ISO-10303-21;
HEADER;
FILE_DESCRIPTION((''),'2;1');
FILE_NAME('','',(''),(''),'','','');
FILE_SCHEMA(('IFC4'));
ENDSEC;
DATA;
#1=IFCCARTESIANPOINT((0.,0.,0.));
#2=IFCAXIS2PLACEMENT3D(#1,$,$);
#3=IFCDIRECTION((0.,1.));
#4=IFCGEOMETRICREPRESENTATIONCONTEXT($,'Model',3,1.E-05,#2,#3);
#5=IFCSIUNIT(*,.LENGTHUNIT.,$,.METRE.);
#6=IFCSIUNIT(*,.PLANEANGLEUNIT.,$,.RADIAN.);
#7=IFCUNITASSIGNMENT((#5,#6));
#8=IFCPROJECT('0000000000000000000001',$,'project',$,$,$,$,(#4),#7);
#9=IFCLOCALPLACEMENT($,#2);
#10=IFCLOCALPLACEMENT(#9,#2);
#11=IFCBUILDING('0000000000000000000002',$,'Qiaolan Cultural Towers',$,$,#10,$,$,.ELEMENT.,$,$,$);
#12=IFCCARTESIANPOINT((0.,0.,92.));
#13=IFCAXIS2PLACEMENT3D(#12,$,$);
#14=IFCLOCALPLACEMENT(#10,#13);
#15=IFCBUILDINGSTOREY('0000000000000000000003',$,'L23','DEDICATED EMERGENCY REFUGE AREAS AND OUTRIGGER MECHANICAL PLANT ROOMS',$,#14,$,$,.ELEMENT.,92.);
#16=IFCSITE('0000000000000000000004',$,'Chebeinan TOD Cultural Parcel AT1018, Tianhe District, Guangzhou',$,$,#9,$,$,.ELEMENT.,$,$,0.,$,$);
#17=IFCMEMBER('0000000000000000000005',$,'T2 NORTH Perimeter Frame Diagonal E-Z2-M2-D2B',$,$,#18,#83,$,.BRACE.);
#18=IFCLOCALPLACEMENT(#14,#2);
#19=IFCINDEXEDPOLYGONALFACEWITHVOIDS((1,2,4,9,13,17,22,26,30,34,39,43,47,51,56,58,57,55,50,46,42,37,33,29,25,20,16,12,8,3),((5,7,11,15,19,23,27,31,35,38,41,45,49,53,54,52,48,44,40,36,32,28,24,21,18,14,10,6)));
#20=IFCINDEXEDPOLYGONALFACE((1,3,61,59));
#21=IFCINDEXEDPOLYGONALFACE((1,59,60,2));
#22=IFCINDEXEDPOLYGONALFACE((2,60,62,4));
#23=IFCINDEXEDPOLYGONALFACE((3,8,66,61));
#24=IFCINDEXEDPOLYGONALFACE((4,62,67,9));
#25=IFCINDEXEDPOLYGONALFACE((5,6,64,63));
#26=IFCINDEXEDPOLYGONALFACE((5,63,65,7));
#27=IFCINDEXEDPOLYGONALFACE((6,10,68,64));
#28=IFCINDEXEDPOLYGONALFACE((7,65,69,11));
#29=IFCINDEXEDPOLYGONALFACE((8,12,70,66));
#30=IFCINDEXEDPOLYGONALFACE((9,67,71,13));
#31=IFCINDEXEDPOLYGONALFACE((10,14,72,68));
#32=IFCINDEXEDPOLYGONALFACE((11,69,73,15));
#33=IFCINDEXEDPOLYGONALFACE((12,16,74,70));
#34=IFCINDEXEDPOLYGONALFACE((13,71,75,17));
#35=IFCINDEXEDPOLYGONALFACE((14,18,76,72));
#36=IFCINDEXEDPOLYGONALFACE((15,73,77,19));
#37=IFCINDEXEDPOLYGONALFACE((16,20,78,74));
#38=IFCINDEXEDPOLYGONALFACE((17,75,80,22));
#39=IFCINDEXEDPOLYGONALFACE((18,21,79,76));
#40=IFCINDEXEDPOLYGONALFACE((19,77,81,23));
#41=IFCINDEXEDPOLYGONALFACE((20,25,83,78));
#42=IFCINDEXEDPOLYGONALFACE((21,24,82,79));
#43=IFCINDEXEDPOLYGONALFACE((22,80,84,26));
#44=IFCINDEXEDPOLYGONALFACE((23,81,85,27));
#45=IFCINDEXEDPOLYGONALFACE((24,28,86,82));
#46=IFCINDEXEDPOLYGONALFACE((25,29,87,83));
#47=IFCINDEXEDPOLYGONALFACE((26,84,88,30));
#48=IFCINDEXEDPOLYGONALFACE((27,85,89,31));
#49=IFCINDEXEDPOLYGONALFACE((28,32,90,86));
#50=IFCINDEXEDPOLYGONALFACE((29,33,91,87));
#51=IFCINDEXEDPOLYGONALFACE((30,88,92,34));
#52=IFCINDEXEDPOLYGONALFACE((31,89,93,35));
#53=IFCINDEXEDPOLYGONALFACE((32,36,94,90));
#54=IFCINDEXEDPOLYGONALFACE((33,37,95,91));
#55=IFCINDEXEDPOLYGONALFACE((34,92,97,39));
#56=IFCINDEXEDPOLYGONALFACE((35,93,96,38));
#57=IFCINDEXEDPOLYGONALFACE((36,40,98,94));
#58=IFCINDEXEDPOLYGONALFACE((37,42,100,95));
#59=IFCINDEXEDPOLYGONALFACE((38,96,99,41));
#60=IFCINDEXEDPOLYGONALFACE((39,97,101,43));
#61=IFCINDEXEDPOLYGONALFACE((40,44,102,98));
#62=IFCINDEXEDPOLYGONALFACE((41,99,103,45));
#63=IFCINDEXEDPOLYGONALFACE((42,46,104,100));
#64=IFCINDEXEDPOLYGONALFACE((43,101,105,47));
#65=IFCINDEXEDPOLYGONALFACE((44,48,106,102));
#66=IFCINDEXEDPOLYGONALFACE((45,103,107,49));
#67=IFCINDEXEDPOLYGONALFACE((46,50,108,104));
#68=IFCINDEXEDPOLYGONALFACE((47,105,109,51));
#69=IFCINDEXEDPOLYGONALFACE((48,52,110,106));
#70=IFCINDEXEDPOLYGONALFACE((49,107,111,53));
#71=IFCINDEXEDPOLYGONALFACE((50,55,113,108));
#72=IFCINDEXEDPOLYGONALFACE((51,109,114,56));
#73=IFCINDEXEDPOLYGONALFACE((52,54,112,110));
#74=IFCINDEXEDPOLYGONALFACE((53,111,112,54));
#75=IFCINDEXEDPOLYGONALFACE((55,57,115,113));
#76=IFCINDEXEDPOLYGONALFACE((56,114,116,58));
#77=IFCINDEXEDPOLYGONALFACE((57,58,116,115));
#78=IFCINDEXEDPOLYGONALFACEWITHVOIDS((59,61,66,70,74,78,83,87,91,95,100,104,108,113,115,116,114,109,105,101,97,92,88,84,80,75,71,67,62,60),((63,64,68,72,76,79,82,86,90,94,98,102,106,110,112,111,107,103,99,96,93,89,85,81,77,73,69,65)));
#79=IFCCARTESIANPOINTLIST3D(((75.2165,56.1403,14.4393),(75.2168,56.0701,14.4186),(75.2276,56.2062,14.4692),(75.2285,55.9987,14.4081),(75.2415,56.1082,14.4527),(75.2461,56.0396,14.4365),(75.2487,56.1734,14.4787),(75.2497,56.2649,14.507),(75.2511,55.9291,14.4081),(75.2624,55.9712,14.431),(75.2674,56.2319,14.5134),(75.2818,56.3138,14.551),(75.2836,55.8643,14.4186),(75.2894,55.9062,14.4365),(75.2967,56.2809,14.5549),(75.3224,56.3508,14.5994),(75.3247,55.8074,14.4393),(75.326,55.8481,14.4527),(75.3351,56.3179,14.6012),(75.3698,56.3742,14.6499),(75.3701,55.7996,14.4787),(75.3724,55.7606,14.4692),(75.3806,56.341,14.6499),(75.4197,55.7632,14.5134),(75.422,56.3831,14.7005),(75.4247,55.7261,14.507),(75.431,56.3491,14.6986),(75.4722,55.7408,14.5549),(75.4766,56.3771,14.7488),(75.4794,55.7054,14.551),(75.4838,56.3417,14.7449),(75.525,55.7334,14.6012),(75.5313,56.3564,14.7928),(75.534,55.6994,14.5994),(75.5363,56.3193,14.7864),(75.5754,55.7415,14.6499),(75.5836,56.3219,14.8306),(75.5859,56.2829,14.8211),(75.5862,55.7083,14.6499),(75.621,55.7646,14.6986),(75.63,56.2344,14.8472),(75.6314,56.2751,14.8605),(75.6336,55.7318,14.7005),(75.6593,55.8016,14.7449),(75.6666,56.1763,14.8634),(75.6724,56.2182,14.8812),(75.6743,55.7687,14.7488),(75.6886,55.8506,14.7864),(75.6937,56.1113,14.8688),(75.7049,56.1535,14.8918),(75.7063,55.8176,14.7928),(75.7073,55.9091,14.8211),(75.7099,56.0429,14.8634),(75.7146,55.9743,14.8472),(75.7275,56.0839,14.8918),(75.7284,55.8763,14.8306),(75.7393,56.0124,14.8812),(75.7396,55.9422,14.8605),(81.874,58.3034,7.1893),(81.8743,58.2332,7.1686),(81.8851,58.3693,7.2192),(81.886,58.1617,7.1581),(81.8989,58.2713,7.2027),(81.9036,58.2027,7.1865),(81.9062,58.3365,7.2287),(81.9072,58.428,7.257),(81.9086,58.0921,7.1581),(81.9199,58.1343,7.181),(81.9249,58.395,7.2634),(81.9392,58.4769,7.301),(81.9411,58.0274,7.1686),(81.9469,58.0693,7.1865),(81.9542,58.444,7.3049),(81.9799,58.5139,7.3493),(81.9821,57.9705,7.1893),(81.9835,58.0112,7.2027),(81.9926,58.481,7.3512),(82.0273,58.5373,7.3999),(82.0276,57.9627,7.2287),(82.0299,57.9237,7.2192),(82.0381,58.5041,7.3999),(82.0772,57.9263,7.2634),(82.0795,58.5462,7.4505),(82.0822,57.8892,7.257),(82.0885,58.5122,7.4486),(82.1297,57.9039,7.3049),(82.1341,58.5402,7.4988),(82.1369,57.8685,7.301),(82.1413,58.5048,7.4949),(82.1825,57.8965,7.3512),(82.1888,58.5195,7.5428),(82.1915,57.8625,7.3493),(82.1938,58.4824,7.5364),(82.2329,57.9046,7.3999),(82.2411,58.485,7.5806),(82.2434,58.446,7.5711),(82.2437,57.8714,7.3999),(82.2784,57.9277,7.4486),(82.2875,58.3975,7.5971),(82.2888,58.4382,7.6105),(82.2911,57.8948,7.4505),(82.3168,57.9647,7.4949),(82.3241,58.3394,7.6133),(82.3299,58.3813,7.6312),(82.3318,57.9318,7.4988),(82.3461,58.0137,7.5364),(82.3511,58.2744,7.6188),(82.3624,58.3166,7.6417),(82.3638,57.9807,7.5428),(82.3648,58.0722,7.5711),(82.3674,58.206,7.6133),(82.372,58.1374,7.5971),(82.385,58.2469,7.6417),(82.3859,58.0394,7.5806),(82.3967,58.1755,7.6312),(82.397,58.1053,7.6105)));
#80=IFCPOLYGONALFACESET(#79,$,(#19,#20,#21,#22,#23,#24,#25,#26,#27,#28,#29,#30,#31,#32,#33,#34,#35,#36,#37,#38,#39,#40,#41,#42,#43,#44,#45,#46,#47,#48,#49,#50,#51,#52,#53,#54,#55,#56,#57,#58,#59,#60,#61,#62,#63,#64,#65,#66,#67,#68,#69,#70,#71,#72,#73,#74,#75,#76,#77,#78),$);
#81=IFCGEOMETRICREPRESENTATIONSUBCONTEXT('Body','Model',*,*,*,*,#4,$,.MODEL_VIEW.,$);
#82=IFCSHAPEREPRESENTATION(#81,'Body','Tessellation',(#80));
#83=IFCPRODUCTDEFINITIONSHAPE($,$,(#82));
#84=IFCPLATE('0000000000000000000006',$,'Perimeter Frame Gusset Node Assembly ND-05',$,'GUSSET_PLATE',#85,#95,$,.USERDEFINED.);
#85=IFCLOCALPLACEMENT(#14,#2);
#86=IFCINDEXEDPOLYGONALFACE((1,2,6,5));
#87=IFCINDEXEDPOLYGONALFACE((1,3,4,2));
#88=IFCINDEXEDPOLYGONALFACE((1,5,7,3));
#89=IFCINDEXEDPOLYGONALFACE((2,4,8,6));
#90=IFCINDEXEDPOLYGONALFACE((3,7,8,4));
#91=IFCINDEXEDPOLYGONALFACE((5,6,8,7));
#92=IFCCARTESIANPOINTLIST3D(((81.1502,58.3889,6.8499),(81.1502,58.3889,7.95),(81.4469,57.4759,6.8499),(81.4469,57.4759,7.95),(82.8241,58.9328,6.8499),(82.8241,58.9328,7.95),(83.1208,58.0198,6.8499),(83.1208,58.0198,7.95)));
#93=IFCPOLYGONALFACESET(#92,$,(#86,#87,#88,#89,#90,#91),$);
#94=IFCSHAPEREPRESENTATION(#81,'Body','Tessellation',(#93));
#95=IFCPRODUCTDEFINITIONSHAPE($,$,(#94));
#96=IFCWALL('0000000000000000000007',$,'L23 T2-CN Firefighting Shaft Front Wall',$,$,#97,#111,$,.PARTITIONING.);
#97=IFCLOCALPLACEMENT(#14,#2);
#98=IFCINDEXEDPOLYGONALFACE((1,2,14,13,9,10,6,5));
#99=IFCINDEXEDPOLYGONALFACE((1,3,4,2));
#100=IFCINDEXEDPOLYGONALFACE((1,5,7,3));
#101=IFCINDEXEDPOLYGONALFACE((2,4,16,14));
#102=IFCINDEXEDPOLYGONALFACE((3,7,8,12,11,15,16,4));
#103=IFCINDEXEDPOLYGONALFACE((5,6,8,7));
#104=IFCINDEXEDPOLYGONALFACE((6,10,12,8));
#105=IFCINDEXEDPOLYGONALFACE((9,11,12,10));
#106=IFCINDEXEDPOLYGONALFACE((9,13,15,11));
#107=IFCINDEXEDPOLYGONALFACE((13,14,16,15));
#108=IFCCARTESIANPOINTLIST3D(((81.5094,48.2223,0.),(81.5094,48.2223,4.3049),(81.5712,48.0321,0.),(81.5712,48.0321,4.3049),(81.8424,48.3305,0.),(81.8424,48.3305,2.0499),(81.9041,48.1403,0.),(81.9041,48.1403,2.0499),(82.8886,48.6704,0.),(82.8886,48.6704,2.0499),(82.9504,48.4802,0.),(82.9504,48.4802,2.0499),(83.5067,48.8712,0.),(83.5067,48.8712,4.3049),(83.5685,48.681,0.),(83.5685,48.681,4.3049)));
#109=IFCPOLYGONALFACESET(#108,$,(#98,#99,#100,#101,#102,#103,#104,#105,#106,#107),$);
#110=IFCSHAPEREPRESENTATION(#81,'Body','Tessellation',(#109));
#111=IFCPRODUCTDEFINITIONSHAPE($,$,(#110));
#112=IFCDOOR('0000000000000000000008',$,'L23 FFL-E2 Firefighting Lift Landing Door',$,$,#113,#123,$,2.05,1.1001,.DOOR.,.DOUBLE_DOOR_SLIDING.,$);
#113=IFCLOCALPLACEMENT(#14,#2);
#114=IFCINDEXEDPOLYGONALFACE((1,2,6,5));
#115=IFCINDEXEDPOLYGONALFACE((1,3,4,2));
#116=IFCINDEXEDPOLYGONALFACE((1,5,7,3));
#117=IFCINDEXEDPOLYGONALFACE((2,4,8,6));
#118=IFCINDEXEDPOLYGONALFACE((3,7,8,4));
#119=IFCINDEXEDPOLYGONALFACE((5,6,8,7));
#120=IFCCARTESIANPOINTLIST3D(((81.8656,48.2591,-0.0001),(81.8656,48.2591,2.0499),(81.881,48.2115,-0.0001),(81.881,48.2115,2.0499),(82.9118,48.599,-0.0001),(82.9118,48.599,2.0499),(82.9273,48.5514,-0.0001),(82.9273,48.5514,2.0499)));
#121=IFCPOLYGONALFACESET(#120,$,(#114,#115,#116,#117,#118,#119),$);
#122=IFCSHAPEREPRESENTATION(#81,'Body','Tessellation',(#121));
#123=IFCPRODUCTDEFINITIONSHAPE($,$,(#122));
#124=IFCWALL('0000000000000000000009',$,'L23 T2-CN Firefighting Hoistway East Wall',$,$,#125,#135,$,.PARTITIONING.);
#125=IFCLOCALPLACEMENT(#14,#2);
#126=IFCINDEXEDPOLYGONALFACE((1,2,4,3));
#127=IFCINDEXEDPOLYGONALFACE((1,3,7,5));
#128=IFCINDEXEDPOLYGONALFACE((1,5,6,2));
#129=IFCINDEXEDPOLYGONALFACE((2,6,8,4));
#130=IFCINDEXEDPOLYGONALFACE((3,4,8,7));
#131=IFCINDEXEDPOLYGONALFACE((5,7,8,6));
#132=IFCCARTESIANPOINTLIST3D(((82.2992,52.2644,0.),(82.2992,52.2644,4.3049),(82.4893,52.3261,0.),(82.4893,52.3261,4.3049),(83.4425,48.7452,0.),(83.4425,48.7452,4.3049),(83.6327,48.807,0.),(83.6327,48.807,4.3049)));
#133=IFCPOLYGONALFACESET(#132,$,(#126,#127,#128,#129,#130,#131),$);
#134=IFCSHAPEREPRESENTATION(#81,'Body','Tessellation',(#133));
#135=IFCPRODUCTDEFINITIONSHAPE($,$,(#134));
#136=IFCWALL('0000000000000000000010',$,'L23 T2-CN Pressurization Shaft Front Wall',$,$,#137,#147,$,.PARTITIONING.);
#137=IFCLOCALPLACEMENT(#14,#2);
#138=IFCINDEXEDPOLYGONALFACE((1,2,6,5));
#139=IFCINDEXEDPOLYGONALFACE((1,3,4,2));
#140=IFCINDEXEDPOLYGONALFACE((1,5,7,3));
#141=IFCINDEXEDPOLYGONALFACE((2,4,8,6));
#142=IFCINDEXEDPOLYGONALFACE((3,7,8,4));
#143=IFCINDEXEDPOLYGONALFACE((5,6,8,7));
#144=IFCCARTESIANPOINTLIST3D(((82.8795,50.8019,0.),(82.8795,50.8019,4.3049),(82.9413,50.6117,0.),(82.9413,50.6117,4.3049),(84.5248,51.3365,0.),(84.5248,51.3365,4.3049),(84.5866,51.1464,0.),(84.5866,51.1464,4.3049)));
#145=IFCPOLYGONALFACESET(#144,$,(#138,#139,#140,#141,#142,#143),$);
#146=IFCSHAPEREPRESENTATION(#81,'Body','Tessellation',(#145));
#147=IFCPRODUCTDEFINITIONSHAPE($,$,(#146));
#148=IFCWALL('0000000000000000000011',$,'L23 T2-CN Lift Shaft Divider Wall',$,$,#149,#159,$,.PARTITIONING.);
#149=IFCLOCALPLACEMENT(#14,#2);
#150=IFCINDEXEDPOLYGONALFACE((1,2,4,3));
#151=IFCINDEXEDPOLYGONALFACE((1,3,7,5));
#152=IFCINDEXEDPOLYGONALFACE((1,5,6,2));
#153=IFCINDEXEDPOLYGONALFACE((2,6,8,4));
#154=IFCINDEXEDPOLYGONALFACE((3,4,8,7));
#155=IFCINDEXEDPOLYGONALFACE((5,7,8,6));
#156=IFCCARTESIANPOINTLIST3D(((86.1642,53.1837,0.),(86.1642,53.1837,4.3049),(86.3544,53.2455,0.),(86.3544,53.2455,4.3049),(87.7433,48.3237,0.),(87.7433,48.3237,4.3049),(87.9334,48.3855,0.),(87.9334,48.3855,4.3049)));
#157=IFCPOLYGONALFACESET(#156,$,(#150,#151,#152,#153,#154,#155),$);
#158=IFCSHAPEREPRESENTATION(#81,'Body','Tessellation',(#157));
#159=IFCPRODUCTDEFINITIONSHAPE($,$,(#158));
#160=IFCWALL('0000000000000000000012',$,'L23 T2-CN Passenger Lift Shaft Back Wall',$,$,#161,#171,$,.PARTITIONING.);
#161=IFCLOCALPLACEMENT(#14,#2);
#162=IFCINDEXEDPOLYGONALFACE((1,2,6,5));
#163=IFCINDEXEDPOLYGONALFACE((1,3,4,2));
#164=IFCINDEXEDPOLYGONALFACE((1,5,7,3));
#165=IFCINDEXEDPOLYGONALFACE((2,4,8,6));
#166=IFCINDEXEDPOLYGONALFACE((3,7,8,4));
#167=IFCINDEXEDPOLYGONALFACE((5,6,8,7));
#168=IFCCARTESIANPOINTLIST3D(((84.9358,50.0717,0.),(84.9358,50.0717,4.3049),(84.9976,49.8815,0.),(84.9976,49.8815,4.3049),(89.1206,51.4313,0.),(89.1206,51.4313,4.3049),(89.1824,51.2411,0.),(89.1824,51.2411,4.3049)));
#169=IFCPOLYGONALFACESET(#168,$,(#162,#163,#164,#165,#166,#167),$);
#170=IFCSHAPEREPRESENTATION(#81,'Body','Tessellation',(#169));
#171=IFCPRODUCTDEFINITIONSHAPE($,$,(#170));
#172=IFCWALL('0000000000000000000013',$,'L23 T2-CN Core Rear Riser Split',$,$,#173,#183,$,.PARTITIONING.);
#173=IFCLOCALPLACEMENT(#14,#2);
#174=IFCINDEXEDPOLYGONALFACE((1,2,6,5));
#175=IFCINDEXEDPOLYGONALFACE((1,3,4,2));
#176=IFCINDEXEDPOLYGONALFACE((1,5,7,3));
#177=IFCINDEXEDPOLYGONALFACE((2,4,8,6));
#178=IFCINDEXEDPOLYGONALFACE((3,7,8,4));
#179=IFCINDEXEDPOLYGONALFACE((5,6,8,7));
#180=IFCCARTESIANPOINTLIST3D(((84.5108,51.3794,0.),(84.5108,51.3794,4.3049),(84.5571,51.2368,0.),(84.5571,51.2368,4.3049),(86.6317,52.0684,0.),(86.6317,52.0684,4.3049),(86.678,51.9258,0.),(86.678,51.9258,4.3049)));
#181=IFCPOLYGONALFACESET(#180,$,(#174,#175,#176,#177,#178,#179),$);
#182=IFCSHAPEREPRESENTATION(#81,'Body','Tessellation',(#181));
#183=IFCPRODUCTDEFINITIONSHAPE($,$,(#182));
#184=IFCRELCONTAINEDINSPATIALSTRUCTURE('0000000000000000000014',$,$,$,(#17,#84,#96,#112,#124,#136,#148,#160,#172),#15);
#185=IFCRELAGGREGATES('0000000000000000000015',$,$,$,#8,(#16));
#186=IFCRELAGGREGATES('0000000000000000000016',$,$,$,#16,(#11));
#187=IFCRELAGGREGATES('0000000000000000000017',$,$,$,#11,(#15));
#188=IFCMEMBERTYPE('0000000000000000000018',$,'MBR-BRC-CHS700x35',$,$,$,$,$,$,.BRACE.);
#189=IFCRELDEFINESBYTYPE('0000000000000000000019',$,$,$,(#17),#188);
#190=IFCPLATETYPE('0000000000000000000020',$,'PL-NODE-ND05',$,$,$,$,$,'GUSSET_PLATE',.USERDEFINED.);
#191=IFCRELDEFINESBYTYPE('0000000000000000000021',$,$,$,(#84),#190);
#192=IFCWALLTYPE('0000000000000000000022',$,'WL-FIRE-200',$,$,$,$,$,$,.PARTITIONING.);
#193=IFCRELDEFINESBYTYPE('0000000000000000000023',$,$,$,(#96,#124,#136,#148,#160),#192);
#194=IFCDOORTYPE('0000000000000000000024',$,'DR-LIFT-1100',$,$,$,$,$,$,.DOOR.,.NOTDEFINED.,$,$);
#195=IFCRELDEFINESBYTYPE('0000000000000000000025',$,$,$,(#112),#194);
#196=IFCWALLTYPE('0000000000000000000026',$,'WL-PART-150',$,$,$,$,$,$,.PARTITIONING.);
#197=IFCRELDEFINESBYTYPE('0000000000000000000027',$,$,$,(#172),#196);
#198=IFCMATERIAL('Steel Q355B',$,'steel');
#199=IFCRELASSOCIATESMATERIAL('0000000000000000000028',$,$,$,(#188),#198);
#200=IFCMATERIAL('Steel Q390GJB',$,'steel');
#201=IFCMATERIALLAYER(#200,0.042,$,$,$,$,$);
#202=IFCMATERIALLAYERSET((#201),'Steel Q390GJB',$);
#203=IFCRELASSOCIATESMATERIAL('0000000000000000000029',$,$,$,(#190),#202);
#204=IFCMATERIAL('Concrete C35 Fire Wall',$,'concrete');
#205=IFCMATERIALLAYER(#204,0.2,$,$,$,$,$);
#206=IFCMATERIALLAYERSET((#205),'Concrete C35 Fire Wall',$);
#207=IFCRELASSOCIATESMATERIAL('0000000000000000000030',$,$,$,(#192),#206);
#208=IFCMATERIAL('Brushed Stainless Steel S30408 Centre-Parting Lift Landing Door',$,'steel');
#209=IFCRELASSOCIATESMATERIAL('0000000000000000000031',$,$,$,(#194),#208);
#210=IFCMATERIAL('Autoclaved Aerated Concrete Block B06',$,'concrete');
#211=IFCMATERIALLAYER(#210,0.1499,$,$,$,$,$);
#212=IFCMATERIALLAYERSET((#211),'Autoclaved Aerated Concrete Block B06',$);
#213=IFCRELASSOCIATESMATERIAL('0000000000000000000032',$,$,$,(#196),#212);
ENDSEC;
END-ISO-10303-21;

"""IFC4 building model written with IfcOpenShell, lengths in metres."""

from ifc_helpers import new_model, si_unit, direction, frame, frame_2d, origin, origin_2d, place, context, subcontext, project, spatial, rectangle, hollow_circle, extrude, material, layer, layer_set, material_profile, profile_set, type_object, element, fill, save


model = new_model("IFC4")

# Units and contexts
model_context = context("Model", 3, precision=1e-05, world=origin(), true_north=direction((0.0, 1.0)))
body_context = subcontext(model_context, "Body", "Model", "MODEL_VIEW")
ifc_project = project(units=[si_unit("LENGTHUNIT", "METRE"), si_unit("PLANEANGLEUNIT", "RADIAN")], contexts=[model_context])

# Site, building, storey
site_placement = place(None, origin())
site = spatial("IfcSite", under=ifc_project, at=site_placement, Name="Chebeinan TOD Cultural Parcel AT1018, Tianhe District, Guangzhou", CompositionType="ELEMENT", RefElevation=0.0)
building_placement = place(site_placement, origin())
building = spatial("IfcBuilding", under=site, at=building_placement, Name="Qiaolan Cultural Towers", CompositionType="ELEMENT")
storey_placement = place(building_placement, frame((0.0, 0.0, 92.0)))
storey = spatial("IfcBuildingStorey", under=building, at=storey_placement, Name="L23", Description="DEDICATED EMERGENCY REFUGE AREAS AND OUTRIGGER MECHANICAL PLANT ROOMS", CompositionType="ELEMENT", Elevation=92.0)

# Member
ifc_material_1 = material(Name="Steel Q355B", Category="steel")
ifc_material_profile_1 = material_profile(ifc_material_1, hollow_circle(Radius=0.3501, WallThickness=0.0349, at=origin_2d()), Name="CHS700x35")
ifc_profile_set_1 = profile_set([ifc_material_profile_1], Name="Steel Q355B")
member_type = type_object("IfcMemberType", Name="MBR-BRC-CHS700x35", PredefinedType="BRACE", material=ifc_profile_set_1)
for number, where, z_axis, x_axis, name in (
    (1, (82.1355, 58.2043, 7.3999), (-0.660603, -0.214637, 0.719398), (0.30901, -0.951059, 0.0), "T2 NORTH Perimeter Frame Diagonal E-Z2-M2-D2B"),
):
    element("IfcMember", number, at=place(storey_placement, frame(where, z_axis=z_axis, x_axis=x_axis)), inside=storey, type_object=member_type, Name=name, PredefinedType="BRACE", context=body_context, shape_type="SweptSolid", body=[
        extrude(hollow_circle(Radius=0.3501, WallThickness=0.0349, at=origin_2d()), origin(), (0.0, 0.0, 1.0), 10.0779),
    ])

# Plate
ifc_material_2 = material(Name="Steel Q390GJB", Category="steel")
ifc_layer_1 = layer(ifc_material_2, 0.042)
ifc_layer_set_1 = layer_set([ifc_layer_1], Name="Steel Q390GJB")
plate_type = type_object("IfcPlateType", Name="PL-NODE-ND05", ElementType="GUSSET_PLATE", PredefinedType="USERDEFINED", material=ifc_layer_set_1)
plate_placement = place(storey_placement, frame((82.1355, 58.2043, 6.8499), z_axis=(0.0, 0.0, 1.0), x_axis=(0.951057, 0.309017, 0.0)))
element("IfcPlate", 2, at=plate_placement, inside=storey, type_object=plate_type, Name="Perimeter Frame Gusset Node Assembly ND-05", ObjectType="GUSSET_PLATE", PredefinedType="USERDEFINED", context=body_context, shape_type="SweptSolid", body=[
    extrude(rectangle(XDim=1.76, YDim=0.96, at=origin_2d()), origin(), (0.0, 0.0, 1.0), 1.1001),
])

# Wall, opening, door
ifc_material_3 = material(Name="Concrete C35 Fire Wall", Category="concrete")
ifc_layer_2 = layer(ifc_material_3, 0.2)
ifc_layer_set_2 = layer_set([ifc_layer_2], Name="Concrete C35 Fire Wall")
wall_type_1 = type_object("IfcWallType", Name="WL-FIRE-200", PredefinedType="PARTITIONING", material=ifc_layer_set_2)
wall_1_placement = place(storey_placement, frame((81.5403, 48.1272, 0.0), z_axis=(0.0, 0.0, 1.0), x_axis=(0.951062, 0.308999, 0.0)))
wall_1 = element("IfcWall", 3, at=wall_1_placement, inside=storey, type_object=wall_type_1, Name="L23 T2-CN Firefighting Shaft Front Wall", PredefinedType="PARTITIONING", context=body_context, shape_type="SweptSolid", body=[
    extrude(rectangle(XDim=2.1001, YDim=0.2, at=frame_2d((1.05, 0.0))), origin(), (0.0, 0.0, 1.0), 4.3049),
])
opening_placement = place(wall_1_placement, frame((0.3501, 0.0, 0.0)))
opening = element("IfcOpeningElement", 4, at=opening_placement, cuts=wall_1, PredefinedType="OPENING", context=body_context, shape_type="SweptSolid", body=[
    extrude(rectangle(XDim=1.1001, YDim=2.05, at=frame_2d((0.55, 1.0249))), frame((0.0, 0.1099, 0.0), z_axis=(0.0, -1.0, 0.0), x_axis=(1.0, 0.0, 0.0)), (0.0, 0.0, 1.0), 0.22),
])
ifc_material_4 = material(Name="Brushed Stainless Steel S30408 Centre-Parting Lift Landing Door", Category="steel")
door_type = type_object("IfcDoorType", Name="DR-LIFT-1100", OperationType="NOTDEFINED", PredefinedType="DOOR", material=ifc_material_4)
door_placement = place(opening_placement, origin())
door = element("IfcDoor", 5, at=door_placement, inside=storey, type_object=door_type, Name="L23 FFL-E2 Firefighting Lift Landing Door", OperationType="DOUBLE_DOOR_SLIDING", OverallHeight=2.05, OverallWidth=1.1001, PredefinedType="DOOR", context=body_context, shape_type="SweptSolid", body=[
    extrude(rectangle(XDim=1.1001, YDim=2.05, at=frame_2d((0.55, 1.0249))), frame((0.0, 0.0249, 0.0), z_axis=(0.0, -1.0, 0.0), x_axis=(1.0, 0.0, 0.0)), (0.0, 0.0, 1.0), 0.05),
])
fill(opening, door)

# Walls
wall_2_placement = place(storey_placement, frame((83.5376, 48.7761, 0.0), z_axis=(0.0, 0.0, 1.0), x_axis=(-0.308994, 0.951064, 0.0)))
element("IfcWall", 6, at=wall_2_placement, inside=storey, type_object=wall_type_1, Name="L23 T2-CN Firefighting Hoistway East Wall", PredefinedType="PARTITIONING", context=body_context, shape_type="SweptSolid", body=[
    extrude(rectangle(XDim=3.7002, YDim=0.2, at=frame_2d((1.8501, 0.0))), origin(), (0.0, 0.0, 1.0), 4.3049),
])
wall_3_placement = place(storey_placement, frame((82.9104, 50.7068, 0.0), z_axis=(0.0, 0.0, 1.0), x_axis=(0.951041, 0.309064, 0.0)))
element("IfcWall", 7, at=wall_3_placement, inside=storey, type_object=wall_type_1, Name="L23 T2-CN Pressurization Shaft Front Wall", PredefinedType="PARTITIONING", context=body_context, shape_type="SweptSolid", body=[
    extrude(rectangle(XDim=1.73, YDim=0.2, at=frame_2d((0.865, 0.0))), origin(), (0.0, 0.0, 1.0), 4.3049),
])
wall_4_placement = place(storey_placement, frame((87.8384, 48.3545, 0.0), z_axis=(0.0, 0.0, 1.0), x_axis=(-0.309009, 0.951059, 0.0)))
element("IfcWall", 8, at=wall_4_placement, inside=storey, type_object=wall_type_1, Name="L23 T2-CN Lift Shaft Divider Wall", PredefinedType="PARTITIONING", context=body_context, shape_type="SweptSolid", body=[
    extrude(rectangle(XDim=5.1101, YDim=0.2, at=frame_2d((2.5552, 0.0))), origin(), (0.0, 0.0, 1.0), 4.3049),
])
wall_5_placement = place(storey_placement, frame((84.9666, 49.9766, 0.0), z_axis=(0.0, 0.0, 1.0), x_axis=(0.951064, 0.308994, 0.0)))
element("IfcWall", 9, at=wall_5_placement, inside=storey, type_object=wall_type_1, Name="L23 T2-CN Passenger Lift Shaft Back Wall", PredefinedType="PARTITIONING", context=body_context, shape_type="SweptSolid", body=[
    extrude(rectangle(XDim=4.4001, YDim=0.2, at=frame_2d((2.2002, 0.0))), origin(), (0.0, 0.0, 1.0), 4.3049),
])
ifc_material_5 = material(Name="Autoclaved Aerated Concrete Block B06", Category="concrete")
ifc_layer_3 = layer(ifc_material_5, 0.1499)
ifc_layer_set_3 = layer_set([ifc_layer_3], Name="Autoclaved Aerated Concrete Block B06")
wall_type_2 = type_object("IfcWallType", Name="WL-PART-150", PredefinedType="PARTITIONING", material=ifc_layer_set_3)
wall_6_placement = place(storey_placement, frame((84.5339, 51.3081, 0.0), z_axis=(0.0, 0.0, 1.0), x_axis=(0.951075, 0.30896, 0.0)))
element("IfcWall", 10, at=wall_6_placement, inside=storey, type_object=wall_type_2, Name="L23 T2-CN Core Rear Riser Split", PredefinedType="PARTITIONING", context=body_context, shape_type="SweptSolid", body=[
    extrude(rectangle(XDim=2.23, YDim=0.1499, at=frame_2d((1.115, 0.0))), origin(), (0.0, 0.0, 1.0), 4.3049),
])

save(model, "model.ifc")
